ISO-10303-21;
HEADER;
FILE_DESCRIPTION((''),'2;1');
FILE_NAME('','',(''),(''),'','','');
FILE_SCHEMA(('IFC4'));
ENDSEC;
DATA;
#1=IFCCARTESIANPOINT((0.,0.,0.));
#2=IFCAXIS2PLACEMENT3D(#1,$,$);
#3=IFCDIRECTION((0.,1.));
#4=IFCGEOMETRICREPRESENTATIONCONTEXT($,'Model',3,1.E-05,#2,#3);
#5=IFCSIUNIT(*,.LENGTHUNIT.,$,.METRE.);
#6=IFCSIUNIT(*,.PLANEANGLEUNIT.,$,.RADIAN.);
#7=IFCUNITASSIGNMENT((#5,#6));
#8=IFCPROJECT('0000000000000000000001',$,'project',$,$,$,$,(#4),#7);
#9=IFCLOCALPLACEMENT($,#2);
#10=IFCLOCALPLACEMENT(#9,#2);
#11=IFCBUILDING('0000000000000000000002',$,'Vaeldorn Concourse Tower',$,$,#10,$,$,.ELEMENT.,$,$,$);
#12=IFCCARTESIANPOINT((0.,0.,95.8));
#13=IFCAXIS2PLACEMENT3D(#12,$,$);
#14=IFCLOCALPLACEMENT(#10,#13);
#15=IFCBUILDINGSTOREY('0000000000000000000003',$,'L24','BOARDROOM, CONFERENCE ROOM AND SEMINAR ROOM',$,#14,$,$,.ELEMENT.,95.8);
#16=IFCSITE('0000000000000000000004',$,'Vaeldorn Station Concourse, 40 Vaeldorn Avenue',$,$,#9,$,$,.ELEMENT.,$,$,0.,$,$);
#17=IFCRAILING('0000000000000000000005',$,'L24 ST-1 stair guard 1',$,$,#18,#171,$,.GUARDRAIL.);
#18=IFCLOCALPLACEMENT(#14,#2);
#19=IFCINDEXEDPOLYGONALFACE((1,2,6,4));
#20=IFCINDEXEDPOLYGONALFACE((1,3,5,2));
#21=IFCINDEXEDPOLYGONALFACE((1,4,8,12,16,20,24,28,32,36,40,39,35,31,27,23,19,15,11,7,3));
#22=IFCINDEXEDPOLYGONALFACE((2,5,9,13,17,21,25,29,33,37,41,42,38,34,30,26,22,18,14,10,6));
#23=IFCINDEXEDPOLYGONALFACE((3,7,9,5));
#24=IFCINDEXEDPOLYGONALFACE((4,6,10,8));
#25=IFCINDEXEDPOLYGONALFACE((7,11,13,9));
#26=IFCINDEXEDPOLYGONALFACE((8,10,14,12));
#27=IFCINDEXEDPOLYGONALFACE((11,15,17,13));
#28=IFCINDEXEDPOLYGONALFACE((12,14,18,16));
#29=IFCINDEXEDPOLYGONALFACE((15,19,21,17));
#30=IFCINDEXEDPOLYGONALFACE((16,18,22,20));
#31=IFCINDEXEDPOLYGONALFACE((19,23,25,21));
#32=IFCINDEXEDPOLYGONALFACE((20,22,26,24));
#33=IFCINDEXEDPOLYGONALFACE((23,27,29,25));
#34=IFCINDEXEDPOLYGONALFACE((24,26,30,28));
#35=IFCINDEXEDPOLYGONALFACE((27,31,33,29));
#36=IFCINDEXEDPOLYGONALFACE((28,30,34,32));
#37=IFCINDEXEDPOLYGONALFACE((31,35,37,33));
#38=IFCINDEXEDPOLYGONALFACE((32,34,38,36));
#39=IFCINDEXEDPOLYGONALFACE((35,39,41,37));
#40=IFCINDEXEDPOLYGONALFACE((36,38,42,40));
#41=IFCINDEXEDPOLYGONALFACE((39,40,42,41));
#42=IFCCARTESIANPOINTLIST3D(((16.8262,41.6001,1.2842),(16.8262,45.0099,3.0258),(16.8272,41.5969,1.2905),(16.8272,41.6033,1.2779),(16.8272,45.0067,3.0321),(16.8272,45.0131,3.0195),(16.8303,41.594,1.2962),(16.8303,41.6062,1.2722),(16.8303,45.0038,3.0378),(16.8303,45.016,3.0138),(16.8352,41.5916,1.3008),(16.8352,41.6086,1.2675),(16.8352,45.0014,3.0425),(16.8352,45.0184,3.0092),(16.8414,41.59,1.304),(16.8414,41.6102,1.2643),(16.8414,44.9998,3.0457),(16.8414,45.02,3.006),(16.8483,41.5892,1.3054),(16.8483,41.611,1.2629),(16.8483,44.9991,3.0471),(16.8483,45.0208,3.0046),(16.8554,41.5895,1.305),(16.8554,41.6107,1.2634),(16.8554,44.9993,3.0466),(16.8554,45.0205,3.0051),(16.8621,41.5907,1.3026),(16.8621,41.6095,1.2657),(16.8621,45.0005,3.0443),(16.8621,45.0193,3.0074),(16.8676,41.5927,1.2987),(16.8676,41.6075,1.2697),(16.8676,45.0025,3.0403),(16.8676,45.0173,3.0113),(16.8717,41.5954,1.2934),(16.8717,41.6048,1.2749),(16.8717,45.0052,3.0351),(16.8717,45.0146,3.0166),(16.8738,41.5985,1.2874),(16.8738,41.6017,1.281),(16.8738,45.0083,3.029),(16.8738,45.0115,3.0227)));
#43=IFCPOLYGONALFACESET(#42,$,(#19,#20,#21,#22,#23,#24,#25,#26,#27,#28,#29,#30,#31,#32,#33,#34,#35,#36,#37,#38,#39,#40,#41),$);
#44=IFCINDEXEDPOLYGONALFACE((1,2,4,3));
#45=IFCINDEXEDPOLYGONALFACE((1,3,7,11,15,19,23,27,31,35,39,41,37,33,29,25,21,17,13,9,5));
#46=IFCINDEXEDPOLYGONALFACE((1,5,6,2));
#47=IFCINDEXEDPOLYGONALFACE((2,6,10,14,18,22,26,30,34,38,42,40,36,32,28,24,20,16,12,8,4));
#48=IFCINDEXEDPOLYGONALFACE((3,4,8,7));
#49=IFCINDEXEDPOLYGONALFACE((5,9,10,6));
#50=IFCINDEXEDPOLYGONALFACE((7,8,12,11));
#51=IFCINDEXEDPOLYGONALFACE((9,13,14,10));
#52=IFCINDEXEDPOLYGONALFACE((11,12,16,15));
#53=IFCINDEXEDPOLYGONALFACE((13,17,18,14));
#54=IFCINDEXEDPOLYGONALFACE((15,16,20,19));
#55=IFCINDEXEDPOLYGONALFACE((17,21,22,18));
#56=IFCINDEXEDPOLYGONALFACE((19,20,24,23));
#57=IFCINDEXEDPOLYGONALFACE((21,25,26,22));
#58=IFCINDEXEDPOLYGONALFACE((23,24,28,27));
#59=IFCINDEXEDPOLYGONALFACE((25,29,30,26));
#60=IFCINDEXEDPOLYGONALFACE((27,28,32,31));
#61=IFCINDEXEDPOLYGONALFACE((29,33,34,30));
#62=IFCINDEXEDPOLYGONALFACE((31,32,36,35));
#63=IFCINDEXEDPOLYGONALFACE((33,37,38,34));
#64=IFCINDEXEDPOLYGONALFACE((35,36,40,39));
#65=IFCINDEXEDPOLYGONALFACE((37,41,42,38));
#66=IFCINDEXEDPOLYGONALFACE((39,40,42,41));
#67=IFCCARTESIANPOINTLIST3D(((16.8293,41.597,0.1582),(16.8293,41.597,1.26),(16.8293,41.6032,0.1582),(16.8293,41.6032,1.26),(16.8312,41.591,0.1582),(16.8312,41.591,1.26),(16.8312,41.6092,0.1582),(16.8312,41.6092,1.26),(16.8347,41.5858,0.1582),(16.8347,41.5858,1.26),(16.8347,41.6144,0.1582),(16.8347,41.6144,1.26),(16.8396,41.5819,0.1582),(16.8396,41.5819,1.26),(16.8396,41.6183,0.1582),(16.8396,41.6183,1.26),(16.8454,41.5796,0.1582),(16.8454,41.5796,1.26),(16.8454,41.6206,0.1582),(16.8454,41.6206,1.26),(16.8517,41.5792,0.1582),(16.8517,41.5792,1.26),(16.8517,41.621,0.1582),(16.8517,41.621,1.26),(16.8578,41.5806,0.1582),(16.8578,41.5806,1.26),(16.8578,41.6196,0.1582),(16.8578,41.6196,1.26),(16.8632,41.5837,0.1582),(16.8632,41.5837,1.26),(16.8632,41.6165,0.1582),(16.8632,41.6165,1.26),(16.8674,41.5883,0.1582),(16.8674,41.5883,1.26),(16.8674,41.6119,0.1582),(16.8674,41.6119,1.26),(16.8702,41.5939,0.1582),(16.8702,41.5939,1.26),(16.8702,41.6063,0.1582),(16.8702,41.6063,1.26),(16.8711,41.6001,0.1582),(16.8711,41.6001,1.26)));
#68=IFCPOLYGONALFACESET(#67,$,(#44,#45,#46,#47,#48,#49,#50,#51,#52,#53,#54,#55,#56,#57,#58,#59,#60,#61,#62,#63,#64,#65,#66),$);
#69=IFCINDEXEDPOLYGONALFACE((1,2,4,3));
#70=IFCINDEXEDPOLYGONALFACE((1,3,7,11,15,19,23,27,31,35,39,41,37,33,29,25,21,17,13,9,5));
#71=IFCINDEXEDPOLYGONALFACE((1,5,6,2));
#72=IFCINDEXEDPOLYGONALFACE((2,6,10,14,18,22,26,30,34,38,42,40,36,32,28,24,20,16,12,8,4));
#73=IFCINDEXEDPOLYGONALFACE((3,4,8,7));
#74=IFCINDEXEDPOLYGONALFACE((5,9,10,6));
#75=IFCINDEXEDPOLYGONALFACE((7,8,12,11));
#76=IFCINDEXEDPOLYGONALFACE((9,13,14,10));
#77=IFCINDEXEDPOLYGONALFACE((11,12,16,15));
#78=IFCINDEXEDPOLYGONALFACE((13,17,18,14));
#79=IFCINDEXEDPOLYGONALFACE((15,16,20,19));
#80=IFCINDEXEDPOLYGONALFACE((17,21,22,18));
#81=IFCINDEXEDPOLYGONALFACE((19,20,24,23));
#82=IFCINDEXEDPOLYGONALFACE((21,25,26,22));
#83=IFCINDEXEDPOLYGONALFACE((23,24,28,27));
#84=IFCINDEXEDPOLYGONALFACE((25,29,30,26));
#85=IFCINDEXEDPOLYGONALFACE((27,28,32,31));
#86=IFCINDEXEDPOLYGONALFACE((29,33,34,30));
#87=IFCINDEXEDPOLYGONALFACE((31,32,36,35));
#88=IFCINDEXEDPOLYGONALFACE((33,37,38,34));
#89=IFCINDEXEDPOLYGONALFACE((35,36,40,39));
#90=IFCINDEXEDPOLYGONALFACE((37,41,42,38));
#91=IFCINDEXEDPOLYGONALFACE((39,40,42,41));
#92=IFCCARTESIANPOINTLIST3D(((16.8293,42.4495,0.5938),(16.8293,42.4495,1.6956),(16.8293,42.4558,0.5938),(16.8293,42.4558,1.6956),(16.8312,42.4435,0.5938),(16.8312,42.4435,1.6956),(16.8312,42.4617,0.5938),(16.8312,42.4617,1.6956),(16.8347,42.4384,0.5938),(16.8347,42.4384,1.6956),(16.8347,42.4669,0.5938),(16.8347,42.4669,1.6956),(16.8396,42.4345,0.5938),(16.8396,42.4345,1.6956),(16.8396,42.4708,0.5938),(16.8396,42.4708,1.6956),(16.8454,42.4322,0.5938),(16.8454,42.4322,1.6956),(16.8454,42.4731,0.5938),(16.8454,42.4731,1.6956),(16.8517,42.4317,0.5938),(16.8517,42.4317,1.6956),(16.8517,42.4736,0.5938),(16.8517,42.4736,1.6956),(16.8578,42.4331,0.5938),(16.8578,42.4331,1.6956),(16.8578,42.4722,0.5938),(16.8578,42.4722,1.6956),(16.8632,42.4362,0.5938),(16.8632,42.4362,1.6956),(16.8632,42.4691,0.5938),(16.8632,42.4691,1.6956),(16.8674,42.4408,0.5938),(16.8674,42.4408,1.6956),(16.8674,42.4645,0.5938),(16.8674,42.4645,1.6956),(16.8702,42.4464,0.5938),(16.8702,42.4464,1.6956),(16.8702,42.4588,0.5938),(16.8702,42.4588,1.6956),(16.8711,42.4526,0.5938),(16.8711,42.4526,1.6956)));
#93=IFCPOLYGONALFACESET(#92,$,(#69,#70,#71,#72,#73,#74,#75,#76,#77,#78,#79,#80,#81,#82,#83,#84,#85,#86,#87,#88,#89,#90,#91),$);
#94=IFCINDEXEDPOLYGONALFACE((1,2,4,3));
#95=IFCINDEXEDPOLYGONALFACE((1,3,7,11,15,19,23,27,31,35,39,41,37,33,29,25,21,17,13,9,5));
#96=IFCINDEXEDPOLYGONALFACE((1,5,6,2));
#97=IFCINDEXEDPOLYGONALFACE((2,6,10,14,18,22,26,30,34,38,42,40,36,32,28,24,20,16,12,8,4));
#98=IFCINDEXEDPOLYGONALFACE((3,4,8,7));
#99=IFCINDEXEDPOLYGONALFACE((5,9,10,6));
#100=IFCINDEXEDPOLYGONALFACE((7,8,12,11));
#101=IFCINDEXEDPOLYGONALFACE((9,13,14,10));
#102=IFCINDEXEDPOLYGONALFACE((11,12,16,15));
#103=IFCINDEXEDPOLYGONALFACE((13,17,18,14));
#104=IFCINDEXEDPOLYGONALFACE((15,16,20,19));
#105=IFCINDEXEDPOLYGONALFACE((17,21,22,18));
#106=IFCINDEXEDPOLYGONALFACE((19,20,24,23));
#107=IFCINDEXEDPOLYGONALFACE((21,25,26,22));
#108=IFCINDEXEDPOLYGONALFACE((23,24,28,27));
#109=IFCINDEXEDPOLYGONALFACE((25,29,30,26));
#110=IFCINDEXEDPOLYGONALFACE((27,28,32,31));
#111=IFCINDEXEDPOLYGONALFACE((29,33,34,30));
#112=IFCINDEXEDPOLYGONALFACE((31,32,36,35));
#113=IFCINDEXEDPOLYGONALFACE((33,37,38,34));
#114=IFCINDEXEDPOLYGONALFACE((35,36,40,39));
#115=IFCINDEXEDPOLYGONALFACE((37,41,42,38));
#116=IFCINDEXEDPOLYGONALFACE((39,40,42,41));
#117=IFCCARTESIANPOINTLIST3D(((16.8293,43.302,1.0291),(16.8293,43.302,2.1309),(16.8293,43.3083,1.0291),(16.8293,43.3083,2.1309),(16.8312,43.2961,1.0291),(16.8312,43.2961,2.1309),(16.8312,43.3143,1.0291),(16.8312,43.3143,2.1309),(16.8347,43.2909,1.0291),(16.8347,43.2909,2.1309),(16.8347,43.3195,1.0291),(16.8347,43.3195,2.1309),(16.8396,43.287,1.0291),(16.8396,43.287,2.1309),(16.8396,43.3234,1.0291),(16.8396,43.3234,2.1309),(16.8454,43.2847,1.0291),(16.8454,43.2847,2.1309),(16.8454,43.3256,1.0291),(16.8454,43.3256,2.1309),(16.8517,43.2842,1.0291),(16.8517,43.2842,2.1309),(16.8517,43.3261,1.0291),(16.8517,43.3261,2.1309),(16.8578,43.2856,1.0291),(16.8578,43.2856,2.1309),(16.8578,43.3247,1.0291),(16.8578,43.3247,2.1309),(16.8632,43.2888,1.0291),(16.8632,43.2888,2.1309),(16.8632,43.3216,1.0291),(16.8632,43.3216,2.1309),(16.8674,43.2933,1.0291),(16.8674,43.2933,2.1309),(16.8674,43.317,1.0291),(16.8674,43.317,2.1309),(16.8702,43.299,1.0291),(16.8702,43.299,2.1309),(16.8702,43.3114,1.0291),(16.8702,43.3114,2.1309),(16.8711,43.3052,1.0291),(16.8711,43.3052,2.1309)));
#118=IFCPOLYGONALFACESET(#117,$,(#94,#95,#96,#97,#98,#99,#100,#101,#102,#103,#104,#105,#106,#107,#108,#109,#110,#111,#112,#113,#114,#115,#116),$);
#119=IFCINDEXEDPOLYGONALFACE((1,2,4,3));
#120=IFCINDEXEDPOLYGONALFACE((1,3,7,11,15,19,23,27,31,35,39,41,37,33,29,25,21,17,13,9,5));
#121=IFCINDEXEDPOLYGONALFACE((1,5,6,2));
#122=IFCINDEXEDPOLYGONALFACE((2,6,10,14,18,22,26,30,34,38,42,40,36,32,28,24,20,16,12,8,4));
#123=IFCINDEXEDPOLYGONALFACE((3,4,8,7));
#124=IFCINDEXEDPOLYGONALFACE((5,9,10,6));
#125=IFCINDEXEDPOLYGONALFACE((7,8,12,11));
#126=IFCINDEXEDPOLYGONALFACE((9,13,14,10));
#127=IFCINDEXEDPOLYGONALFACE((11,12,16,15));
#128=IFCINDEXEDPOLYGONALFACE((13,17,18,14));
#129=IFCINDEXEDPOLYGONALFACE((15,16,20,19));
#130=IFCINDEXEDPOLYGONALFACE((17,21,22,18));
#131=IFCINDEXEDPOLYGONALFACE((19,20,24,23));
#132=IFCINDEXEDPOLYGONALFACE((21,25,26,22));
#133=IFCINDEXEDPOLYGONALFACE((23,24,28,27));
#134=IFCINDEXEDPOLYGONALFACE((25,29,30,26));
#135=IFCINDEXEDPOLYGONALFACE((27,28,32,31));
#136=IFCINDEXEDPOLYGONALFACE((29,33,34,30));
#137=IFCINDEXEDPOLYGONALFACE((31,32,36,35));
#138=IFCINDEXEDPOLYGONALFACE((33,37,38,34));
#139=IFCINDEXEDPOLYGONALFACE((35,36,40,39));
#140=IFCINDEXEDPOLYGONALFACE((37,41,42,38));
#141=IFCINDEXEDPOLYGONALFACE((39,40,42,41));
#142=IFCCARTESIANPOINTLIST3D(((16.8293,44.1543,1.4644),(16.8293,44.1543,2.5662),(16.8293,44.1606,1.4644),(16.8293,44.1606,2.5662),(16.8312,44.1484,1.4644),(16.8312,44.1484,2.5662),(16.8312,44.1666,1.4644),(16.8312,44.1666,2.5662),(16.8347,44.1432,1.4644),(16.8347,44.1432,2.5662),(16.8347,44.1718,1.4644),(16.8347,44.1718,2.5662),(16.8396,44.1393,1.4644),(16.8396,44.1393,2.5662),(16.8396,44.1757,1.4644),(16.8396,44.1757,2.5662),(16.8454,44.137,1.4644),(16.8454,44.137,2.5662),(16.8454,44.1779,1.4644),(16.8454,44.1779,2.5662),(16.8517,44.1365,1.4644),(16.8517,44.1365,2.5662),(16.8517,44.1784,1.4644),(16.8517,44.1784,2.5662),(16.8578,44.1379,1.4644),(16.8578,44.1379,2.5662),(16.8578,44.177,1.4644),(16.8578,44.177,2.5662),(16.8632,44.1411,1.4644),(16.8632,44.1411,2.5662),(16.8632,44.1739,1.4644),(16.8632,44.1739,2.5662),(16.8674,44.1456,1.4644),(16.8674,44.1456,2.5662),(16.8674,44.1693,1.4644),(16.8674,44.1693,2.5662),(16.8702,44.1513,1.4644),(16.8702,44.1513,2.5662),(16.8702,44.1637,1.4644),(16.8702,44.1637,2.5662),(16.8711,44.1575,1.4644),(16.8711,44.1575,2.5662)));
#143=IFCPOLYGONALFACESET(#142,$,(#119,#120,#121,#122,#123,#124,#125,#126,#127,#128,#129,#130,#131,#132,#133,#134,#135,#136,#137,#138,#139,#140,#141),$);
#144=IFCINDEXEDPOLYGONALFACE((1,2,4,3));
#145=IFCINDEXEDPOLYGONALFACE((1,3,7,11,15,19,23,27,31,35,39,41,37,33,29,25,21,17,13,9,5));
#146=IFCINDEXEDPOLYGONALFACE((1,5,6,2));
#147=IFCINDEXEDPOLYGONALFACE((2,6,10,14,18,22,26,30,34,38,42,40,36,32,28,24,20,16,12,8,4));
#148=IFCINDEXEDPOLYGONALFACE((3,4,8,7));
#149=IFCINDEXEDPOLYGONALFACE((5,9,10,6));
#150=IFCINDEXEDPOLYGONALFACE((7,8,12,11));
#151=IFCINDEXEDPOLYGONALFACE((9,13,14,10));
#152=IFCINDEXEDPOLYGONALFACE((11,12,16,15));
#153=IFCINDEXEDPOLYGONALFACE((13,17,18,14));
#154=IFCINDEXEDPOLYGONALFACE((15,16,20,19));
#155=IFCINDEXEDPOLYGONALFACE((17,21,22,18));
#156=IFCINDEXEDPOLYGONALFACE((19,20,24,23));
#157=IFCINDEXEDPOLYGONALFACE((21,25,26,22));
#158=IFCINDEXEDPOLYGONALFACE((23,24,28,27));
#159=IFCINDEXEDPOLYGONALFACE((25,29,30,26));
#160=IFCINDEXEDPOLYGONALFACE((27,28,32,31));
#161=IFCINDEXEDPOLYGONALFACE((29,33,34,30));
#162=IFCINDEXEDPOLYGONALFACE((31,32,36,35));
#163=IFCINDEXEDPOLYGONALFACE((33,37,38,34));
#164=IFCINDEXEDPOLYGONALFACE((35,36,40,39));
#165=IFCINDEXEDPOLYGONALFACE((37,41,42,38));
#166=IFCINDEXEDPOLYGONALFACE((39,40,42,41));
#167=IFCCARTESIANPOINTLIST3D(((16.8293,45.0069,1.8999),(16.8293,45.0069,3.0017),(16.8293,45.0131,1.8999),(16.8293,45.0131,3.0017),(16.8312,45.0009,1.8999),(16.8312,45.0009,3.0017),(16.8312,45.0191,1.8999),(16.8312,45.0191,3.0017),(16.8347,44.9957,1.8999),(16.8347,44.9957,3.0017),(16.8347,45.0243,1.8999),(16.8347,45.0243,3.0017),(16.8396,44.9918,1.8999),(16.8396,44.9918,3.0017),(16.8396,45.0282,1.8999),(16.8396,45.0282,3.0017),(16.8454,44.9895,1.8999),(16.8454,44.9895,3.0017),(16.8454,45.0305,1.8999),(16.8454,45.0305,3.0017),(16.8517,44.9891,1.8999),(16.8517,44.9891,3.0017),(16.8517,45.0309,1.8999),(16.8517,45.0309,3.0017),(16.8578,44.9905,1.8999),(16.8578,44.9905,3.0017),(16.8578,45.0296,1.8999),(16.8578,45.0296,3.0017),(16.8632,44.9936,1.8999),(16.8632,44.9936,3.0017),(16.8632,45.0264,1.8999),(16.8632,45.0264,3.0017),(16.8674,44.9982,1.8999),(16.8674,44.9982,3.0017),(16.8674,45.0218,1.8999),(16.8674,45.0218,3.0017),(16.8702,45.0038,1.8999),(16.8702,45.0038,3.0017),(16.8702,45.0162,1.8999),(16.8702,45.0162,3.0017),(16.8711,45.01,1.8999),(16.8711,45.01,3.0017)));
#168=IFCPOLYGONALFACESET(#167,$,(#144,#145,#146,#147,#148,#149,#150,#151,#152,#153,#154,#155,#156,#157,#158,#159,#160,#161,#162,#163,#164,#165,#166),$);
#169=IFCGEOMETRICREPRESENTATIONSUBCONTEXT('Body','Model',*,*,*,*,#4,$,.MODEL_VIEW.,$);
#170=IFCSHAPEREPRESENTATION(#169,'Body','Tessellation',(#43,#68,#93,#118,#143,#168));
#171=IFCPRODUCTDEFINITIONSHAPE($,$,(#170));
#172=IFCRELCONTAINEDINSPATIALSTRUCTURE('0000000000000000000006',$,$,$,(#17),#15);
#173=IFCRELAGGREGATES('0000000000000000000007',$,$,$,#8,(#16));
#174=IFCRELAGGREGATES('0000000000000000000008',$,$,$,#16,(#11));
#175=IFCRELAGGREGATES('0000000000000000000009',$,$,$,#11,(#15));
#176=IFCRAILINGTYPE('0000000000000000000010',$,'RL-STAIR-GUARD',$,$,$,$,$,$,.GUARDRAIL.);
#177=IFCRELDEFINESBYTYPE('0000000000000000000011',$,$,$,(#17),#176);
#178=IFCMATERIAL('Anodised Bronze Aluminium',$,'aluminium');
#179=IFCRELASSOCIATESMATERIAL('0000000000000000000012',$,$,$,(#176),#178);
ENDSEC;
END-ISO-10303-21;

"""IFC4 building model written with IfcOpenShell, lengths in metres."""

from ifc_helpers import new_model, si_unit, direction, frame, origin, origin_2d, place, context, subcontext, project, spatial, circle, extrude, material, type_object, element, save


model = new_model("IFC4")

# Units and contexts
model_context = context("Model", 3, precision=1e-05, world=origin(), true_north=direction((0.0, 1.0)))
body_context = subcontext(model_context, "Body", "Model", "MODEL_VIEW")
ifc_project = project(units=[si_unit("LENGTHUNIT", "METRE"), si_unit("PLANEANGLEUNIT", "RADIAN")], contexts=[model_context])

# Site, building, storey
site_placement = place(None, origin())
site = spatial("IfcSite", under=ifc_project, at=site_placement, Name="Vaeldorn Station Concourse, 40 Vaeldorn Avenue", CompositionType="ELEMENT", RefElevation=0.0)
building_placement = place(site_placement, origin())
building = spatial("IfcBuilding", under=site, at=building_placement, Name="Vaeldorn Concourse Tower", CompositionType="ELEMENT")
storey_placement = place(building_placement, frame((0.0, 0.0, 95.8)))
storey = spatial("IfcBuildingStorey", under=building, at=storey_placement, Name="L24", Description="BOARDROOM, CONFERENCE ROOM AND SEMINAR ROOM", CompositionType="ELEMENT", Elevation=95.8)

# Shared definitions
ifc_material_1 = material(Name="Anodised Bronze Aluminium", Category="aluminium")

# Railing
railing_type_1 = type_object("IfcRailingType", Name="RL-STAIR-GUARD", PredefinedType="GUARDRAIL", material=ifc_material_1)
railing_1_placement = place(storey_placement, frame((16.8501, 41.6001, 0.1582)))
element("IfcRailing", 1, at=railing_1_placement, inside=storey, type_object=railing_type_1, Name="L24 ST-1 stair guard 1", PredefinedType="GUARDRAIL", context=body_context, shape_type="SweptSolid", body=[
    extrude(circle(Radius=0.0239, at=origin_2d()), frame((0.0, 0.0, 1.126), z_axis=(0.0, 0.890556, 0.454874), x_axis=(-1.0, 0.0, 0.0)), (0.0, 0.0, 1.0), 3.8289),
    extrude(circle(Radius=0.021, at=origin_2d()), origin(), (0.0, 0.0, 1.0), 1.1018),
    extrude(circle(Radius=0.021, at=origin_2d()), frame((0.0, 0.8525, 0.4355)), (0.0, 0.0, 1.0), 1.1018),
    extrude(circle(Radius=0.021, at=origin_2d()), frame((0.0, 1.7051, 0.8708)), (0.0, 0.0, 1.0), 1.1018),
    extrude(circle(Radius=0.021, at=origin_2d()), frame((0.0, 2.5574, 1.3062)), (0.0, 0.0, 1.0), 1.1018),
    extrude(circle(Radius=0.021, at=origin_2d()), frame((0.0, 3.4099, 1.7417)), (0.0, 0.0, 1.0), 1.1018),
])

save(model, "model.ifc")
